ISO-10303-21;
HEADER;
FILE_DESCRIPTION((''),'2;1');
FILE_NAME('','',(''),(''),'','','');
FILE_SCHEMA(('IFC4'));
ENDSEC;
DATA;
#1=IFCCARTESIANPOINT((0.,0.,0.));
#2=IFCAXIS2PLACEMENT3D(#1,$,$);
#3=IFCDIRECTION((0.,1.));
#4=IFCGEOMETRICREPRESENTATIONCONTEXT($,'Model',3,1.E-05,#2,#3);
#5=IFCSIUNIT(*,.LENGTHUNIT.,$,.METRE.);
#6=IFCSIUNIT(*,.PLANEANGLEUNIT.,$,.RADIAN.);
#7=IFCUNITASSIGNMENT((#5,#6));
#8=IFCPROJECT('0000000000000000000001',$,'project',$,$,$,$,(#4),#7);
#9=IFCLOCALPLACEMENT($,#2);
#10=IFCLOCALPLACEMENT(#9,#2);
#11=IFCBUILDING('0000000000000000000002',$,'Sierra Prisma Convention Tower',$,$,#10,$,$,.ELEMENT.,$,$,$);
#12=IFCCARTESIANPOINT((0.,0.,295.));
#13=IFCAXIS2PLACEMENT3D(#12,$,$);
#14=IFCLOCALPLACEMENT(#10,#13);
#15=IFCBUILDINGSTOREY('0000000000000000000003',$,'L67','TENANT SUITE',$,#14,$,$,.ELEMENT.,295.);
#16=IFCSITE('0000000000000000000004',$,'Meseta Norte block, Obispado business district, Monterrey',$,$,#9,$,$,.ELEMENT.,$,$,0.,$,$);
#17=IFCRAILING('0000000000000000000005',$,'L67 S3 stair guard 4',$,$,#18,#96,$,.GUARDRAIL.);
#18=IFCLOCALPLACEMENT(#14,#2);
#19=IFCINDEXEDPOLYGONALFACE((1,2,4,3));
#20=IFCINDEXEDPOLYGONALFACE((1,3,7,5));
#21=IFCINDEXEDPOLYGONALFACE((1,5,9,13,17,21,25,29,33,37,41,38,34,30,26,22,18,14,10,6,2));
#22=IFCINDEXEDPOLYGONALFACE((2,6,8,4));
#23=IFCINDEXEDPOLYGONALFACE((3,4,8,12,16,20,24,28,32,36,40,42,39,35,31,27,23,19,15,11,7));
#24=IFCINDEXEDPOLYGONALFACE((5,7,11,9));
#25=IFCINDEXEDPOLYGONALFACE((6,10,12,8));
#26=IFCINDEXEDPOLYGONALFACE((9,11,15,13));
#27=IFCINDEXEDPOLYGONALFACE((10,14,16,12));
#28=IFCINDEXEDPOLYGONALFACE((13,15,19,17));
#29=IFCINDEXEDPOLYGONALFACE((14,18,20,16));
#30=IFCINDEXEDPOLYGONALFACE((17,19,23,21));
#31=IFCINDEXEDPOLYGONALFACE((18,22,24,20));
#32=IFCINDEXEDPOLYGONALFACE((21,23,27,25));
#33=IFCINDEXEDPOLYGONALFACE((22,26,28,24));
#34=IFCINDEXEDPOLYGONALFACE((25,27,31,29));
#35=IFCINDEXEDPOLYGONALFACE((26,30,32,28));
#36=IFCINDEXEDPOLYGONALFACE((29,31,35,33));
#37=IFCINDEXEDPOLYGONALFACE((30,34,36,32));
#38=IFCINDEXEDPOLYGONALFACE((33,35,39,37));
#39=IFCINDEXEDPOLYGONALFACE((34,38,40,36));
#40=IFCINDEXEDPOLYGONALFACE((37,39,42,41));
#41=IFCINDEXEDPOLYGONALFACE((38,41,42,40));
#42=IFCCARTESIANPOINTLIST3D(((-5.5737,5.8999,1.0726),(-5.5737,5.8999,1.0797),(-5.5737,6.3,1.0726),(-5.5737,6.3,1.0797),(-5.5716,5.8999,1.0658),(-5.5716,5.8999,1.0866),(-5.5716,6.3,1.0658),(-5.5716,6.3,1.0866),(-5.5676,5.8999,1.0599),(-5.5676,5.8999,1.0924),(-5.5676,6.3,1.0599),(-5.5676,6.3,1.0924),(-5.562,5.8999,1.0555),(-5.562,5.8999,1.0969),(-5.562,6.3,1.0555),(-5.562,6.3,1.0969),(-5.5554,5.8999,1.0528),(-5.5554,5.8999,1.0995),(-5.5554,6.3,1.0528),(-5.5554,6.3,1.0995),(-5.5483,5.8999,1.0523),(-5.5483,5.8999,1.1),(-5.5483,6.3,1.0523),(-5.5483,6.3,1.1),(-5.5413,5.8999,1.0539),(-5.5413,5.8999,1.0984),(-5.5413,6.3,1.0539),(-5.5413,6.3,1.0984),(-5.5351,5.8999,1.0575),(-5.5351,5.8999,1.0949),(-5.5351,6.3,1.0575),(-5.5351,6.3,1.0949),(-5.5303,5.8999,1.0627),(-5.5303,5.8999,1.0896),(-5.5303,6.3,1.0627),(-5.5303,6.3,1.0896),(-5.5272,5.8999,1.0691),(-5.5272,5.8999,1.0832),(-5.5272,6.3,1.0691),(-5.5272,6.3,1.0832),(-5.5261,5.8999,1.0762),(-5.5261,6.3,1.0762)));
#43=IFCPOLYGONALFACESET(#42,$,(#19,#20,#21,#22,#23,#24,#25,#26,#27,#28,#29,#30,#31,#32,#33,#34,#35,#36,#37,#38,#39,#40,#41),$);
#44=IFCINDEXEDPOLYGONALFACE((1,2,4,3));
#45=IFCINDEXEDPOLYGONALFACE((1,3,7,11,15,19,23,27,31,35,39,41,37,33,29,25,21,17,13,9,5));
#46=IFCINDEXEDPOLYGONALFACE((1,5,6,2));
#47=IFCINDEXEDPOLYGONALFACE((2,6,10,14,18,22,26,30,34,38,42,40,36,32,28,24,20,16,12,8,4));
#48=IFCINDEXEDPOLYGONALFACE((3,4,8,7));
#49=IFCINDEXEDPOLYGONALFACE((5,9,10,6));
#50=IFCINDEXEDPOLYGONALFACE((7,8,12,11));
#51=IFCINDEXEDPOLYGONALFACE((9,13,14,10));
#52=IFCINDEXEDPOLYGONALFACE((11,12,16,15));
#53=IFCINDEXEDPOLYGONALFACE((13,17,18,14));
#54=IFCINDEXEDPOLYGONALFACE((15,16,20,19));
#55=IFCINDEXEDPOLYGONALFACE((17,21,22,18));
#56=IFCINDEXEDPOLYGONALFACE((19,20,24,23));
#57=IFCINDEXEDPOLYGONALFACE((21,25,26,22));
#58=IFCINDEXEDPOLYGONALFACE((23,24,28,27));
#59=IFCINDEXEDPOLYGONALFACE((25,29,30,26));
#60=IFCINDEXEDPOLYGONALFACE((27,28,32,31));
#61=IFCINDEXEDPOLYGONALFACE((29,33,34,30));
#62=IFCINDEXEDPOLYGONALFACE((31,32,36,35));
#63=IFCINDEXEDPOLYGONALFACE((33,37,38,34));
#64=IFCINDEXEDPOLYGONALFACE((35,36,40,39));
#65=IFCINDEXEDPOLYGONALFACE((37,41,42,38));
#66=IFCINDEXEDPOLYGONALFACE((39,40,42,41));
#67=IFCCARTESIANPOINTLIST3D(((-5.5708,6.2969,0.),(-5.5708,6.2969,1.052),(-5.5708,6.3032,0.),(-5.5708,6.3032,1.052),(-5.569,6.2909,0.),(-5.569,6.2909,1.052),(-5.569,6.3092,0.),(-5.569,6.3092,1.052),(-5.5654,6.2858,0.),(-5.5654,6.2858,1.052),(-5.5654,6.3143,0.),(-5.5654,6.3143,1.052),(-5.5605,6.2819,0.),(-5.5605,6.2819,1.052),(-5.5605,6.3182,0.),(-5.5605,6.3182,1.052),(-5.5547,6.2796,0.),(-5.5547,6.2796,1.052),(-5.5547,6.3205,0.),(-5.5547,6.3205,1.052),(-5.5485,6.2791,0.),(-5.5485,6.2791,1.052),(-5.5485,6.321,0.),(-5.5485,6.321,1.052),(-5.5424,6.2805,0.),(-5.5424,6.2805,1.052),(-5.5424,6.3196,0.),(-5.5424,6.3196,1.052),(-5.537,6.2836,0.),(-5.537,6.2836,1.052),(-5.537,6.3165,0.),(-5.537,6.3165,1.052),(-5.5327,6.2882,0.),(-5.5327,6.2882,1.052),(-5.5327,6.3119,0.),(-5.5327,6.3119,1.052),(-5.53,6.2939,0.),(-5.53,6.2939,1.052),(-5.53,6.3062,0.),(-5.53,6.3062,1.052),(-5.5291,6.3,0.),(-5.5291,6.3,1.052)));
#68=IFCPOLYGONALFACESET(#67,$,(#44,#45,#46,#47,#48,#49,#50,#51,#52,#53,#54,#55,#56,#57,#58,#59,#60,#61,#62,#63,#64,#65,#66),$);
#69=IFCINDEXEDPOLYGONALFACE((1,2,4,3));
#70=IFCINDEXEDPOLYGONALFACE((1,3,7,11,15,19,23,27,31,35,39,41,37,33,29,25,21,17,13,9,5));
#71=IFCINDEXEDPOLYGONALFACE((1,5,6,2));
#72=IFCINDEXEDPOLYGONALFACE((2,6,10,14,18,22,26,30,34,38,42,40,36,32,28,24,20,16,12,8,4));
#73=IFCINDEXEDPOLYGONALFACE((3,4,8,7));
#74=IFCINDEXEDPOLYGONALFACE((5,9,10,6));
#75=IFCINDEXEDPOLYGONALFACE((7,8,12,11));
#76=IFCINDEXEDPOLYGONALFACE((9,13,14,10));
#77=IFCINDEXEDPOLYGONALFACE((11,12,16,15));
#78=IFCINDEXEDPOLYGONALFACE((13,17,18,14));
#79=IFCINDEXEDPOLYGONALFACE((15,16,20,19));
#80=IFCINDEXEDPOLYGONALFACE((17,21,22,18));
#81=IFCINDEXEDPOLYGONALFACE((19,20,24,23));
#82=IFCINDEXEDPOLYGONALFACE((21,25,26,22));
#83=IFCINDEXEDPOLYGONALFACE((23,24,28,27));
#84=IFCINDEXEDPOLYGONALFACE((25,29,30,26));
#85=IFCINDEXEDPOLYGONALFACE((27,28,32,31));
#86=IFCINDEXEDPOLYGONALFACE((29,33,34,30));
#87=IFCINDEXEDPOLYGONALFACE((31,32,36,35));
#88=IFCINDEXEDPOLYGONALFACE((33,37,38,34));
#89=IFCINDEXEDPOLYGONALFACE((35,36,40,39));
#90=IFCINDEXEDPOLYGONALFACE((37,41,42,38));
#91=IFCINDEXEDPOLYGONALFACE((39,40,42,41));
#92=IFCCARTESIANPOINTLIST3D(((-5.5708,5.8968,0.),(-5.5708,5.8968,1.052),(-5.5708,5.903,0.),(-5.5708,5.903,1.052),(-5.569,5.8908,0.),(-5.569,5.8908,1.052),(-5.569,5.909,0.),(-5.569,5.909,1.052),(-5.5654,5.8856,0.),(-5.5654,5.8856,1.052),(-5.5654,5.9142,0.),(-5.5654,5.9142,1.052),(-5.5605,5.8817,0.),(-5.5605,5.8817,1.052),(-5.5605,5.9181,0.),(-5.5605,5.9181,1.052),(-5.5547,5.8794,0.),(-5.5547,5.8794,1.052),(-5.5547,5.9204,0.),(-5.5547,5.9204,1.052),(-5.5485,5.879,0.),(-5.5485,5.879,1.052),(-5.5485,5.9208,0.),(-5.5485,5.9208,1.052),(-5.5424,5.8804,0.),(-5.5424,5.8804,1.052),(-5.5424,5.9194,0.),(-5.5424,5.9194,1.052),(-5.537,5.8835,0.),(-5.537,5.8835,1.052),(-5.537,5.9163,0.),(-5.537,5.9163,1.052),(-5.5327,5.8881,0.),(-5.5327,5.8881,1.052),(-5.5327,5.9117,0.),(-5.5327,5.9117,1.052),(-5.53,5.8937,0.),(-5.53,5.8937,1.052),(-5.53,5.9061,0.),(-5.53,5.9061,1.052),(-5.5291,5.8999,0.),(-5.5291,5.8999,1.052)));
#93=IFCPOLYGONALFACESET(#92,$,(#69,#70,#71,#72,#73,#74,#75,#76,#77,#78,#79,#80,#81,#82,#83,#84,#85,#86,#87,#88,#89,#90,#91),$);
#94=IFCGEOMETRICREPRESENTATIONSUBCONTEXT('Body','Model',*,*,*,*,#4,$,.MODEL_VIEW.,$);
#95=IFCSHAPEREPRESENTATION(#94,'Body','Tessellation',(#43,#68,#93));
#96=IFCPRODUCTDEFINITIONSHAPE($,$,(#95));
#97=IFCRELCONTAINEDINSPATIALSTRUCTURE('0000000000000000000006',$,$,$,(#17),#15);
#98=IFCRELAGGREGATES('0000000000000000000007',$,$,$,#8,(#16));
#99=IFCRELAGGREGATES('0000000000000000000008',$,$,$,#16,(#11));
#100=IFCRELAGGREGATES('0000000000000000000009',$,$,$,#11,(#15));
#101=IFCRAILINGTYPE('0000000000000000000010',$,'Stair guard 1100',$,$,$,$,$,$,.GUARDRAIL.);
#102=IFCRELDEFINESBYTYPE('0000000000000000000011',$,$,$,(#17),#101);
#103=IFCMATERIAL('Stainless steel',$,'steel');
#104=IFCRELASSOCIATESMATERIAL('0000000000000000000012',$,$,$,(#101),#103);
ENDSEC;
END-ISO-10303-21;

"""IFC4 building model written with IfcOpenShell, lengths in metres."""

from ifc_helpers import new_model, si_unit, direction, frame, origin, origin_2d, place, context, subcontext, project, spatial, circle, extrude, material, type_object, element, save


model = new_model("IFC4")

# Units and contexts
model_context = context("Model", 3, precision=1e-05, world=origin(), true_north=direction((0.0, 1.0)))
body_context = subcontext(model_context, "Body", "Model", "MODEL_VIEW")
ifc_project = project(units=[si_unit("LENGTHUNIT", "METRE"), si_unit("PLANEANGLEUNIT", "RADIAN")], contexts=[model_context])

# Site, building, storey
site_placement = place(None, origin())
site = spatial("IfcSite", under=ifc_project, at=site_placement, Name="Meseta Norte block, Obispado business district, Monterrey", CompositionType="ELEMENT", RefElevation=0.0)
building_placement = place(site_placement, origin())
building = spatial("IfcBuilding", under=site, at=building_placement, Name="Sierra Prisma Convention Tower", CompositionType="ELEMENT")
storey_placement = place(building_placement, frame((0.0, 0.0, 295.0)))
storey = spatial("IfcBuildingStorey", under=building, at=storey_placement, Name="L67", Description="TENANT SUITE", CompositionType="ELEMENT", Elevation=295.0)

# Railing
ifc_material_1 = material(Name="Stainless steel", Category="steel")
railing_type_1 = type_object("IfcRailingType", Name="Stair guard 1100", PredefinedType="GUARDRAIL", material=ifc_material_1)
railing_1_placement = place(storey_placement, frame((-5.55, 6.3, 0.0)))
element("IfcRailing", 1, at=railing_1_placement, inside=storey, type_object=railing_type_1, Name="L67 S3 stair guard 4", PredefinedType="GUARDRAIL", context=body_context, shape_type="SweptSolid", body=[
    extrude(circle(Radius=0.0239, at=origin_2d()), frame((0.0, 0.0, 1.0762), z_axis=(0.0, -1.0, 0.0), x_axis=(1.0, 0.0, 0.0)), (0.0, 0.0, 1.0), 0.4001),
    extrude(circle(Radius=0.021, at=origin_2d()), origin(), (0.0, 0.0, 1.0), 1.052),
    extrude(circle(Radius=0.021, at=origin_2d()), frame((0.0, -0.4001, 0.0)), (0.0, 0.0, 1.0), 1.052),
])

save(model, "model.ifc")
